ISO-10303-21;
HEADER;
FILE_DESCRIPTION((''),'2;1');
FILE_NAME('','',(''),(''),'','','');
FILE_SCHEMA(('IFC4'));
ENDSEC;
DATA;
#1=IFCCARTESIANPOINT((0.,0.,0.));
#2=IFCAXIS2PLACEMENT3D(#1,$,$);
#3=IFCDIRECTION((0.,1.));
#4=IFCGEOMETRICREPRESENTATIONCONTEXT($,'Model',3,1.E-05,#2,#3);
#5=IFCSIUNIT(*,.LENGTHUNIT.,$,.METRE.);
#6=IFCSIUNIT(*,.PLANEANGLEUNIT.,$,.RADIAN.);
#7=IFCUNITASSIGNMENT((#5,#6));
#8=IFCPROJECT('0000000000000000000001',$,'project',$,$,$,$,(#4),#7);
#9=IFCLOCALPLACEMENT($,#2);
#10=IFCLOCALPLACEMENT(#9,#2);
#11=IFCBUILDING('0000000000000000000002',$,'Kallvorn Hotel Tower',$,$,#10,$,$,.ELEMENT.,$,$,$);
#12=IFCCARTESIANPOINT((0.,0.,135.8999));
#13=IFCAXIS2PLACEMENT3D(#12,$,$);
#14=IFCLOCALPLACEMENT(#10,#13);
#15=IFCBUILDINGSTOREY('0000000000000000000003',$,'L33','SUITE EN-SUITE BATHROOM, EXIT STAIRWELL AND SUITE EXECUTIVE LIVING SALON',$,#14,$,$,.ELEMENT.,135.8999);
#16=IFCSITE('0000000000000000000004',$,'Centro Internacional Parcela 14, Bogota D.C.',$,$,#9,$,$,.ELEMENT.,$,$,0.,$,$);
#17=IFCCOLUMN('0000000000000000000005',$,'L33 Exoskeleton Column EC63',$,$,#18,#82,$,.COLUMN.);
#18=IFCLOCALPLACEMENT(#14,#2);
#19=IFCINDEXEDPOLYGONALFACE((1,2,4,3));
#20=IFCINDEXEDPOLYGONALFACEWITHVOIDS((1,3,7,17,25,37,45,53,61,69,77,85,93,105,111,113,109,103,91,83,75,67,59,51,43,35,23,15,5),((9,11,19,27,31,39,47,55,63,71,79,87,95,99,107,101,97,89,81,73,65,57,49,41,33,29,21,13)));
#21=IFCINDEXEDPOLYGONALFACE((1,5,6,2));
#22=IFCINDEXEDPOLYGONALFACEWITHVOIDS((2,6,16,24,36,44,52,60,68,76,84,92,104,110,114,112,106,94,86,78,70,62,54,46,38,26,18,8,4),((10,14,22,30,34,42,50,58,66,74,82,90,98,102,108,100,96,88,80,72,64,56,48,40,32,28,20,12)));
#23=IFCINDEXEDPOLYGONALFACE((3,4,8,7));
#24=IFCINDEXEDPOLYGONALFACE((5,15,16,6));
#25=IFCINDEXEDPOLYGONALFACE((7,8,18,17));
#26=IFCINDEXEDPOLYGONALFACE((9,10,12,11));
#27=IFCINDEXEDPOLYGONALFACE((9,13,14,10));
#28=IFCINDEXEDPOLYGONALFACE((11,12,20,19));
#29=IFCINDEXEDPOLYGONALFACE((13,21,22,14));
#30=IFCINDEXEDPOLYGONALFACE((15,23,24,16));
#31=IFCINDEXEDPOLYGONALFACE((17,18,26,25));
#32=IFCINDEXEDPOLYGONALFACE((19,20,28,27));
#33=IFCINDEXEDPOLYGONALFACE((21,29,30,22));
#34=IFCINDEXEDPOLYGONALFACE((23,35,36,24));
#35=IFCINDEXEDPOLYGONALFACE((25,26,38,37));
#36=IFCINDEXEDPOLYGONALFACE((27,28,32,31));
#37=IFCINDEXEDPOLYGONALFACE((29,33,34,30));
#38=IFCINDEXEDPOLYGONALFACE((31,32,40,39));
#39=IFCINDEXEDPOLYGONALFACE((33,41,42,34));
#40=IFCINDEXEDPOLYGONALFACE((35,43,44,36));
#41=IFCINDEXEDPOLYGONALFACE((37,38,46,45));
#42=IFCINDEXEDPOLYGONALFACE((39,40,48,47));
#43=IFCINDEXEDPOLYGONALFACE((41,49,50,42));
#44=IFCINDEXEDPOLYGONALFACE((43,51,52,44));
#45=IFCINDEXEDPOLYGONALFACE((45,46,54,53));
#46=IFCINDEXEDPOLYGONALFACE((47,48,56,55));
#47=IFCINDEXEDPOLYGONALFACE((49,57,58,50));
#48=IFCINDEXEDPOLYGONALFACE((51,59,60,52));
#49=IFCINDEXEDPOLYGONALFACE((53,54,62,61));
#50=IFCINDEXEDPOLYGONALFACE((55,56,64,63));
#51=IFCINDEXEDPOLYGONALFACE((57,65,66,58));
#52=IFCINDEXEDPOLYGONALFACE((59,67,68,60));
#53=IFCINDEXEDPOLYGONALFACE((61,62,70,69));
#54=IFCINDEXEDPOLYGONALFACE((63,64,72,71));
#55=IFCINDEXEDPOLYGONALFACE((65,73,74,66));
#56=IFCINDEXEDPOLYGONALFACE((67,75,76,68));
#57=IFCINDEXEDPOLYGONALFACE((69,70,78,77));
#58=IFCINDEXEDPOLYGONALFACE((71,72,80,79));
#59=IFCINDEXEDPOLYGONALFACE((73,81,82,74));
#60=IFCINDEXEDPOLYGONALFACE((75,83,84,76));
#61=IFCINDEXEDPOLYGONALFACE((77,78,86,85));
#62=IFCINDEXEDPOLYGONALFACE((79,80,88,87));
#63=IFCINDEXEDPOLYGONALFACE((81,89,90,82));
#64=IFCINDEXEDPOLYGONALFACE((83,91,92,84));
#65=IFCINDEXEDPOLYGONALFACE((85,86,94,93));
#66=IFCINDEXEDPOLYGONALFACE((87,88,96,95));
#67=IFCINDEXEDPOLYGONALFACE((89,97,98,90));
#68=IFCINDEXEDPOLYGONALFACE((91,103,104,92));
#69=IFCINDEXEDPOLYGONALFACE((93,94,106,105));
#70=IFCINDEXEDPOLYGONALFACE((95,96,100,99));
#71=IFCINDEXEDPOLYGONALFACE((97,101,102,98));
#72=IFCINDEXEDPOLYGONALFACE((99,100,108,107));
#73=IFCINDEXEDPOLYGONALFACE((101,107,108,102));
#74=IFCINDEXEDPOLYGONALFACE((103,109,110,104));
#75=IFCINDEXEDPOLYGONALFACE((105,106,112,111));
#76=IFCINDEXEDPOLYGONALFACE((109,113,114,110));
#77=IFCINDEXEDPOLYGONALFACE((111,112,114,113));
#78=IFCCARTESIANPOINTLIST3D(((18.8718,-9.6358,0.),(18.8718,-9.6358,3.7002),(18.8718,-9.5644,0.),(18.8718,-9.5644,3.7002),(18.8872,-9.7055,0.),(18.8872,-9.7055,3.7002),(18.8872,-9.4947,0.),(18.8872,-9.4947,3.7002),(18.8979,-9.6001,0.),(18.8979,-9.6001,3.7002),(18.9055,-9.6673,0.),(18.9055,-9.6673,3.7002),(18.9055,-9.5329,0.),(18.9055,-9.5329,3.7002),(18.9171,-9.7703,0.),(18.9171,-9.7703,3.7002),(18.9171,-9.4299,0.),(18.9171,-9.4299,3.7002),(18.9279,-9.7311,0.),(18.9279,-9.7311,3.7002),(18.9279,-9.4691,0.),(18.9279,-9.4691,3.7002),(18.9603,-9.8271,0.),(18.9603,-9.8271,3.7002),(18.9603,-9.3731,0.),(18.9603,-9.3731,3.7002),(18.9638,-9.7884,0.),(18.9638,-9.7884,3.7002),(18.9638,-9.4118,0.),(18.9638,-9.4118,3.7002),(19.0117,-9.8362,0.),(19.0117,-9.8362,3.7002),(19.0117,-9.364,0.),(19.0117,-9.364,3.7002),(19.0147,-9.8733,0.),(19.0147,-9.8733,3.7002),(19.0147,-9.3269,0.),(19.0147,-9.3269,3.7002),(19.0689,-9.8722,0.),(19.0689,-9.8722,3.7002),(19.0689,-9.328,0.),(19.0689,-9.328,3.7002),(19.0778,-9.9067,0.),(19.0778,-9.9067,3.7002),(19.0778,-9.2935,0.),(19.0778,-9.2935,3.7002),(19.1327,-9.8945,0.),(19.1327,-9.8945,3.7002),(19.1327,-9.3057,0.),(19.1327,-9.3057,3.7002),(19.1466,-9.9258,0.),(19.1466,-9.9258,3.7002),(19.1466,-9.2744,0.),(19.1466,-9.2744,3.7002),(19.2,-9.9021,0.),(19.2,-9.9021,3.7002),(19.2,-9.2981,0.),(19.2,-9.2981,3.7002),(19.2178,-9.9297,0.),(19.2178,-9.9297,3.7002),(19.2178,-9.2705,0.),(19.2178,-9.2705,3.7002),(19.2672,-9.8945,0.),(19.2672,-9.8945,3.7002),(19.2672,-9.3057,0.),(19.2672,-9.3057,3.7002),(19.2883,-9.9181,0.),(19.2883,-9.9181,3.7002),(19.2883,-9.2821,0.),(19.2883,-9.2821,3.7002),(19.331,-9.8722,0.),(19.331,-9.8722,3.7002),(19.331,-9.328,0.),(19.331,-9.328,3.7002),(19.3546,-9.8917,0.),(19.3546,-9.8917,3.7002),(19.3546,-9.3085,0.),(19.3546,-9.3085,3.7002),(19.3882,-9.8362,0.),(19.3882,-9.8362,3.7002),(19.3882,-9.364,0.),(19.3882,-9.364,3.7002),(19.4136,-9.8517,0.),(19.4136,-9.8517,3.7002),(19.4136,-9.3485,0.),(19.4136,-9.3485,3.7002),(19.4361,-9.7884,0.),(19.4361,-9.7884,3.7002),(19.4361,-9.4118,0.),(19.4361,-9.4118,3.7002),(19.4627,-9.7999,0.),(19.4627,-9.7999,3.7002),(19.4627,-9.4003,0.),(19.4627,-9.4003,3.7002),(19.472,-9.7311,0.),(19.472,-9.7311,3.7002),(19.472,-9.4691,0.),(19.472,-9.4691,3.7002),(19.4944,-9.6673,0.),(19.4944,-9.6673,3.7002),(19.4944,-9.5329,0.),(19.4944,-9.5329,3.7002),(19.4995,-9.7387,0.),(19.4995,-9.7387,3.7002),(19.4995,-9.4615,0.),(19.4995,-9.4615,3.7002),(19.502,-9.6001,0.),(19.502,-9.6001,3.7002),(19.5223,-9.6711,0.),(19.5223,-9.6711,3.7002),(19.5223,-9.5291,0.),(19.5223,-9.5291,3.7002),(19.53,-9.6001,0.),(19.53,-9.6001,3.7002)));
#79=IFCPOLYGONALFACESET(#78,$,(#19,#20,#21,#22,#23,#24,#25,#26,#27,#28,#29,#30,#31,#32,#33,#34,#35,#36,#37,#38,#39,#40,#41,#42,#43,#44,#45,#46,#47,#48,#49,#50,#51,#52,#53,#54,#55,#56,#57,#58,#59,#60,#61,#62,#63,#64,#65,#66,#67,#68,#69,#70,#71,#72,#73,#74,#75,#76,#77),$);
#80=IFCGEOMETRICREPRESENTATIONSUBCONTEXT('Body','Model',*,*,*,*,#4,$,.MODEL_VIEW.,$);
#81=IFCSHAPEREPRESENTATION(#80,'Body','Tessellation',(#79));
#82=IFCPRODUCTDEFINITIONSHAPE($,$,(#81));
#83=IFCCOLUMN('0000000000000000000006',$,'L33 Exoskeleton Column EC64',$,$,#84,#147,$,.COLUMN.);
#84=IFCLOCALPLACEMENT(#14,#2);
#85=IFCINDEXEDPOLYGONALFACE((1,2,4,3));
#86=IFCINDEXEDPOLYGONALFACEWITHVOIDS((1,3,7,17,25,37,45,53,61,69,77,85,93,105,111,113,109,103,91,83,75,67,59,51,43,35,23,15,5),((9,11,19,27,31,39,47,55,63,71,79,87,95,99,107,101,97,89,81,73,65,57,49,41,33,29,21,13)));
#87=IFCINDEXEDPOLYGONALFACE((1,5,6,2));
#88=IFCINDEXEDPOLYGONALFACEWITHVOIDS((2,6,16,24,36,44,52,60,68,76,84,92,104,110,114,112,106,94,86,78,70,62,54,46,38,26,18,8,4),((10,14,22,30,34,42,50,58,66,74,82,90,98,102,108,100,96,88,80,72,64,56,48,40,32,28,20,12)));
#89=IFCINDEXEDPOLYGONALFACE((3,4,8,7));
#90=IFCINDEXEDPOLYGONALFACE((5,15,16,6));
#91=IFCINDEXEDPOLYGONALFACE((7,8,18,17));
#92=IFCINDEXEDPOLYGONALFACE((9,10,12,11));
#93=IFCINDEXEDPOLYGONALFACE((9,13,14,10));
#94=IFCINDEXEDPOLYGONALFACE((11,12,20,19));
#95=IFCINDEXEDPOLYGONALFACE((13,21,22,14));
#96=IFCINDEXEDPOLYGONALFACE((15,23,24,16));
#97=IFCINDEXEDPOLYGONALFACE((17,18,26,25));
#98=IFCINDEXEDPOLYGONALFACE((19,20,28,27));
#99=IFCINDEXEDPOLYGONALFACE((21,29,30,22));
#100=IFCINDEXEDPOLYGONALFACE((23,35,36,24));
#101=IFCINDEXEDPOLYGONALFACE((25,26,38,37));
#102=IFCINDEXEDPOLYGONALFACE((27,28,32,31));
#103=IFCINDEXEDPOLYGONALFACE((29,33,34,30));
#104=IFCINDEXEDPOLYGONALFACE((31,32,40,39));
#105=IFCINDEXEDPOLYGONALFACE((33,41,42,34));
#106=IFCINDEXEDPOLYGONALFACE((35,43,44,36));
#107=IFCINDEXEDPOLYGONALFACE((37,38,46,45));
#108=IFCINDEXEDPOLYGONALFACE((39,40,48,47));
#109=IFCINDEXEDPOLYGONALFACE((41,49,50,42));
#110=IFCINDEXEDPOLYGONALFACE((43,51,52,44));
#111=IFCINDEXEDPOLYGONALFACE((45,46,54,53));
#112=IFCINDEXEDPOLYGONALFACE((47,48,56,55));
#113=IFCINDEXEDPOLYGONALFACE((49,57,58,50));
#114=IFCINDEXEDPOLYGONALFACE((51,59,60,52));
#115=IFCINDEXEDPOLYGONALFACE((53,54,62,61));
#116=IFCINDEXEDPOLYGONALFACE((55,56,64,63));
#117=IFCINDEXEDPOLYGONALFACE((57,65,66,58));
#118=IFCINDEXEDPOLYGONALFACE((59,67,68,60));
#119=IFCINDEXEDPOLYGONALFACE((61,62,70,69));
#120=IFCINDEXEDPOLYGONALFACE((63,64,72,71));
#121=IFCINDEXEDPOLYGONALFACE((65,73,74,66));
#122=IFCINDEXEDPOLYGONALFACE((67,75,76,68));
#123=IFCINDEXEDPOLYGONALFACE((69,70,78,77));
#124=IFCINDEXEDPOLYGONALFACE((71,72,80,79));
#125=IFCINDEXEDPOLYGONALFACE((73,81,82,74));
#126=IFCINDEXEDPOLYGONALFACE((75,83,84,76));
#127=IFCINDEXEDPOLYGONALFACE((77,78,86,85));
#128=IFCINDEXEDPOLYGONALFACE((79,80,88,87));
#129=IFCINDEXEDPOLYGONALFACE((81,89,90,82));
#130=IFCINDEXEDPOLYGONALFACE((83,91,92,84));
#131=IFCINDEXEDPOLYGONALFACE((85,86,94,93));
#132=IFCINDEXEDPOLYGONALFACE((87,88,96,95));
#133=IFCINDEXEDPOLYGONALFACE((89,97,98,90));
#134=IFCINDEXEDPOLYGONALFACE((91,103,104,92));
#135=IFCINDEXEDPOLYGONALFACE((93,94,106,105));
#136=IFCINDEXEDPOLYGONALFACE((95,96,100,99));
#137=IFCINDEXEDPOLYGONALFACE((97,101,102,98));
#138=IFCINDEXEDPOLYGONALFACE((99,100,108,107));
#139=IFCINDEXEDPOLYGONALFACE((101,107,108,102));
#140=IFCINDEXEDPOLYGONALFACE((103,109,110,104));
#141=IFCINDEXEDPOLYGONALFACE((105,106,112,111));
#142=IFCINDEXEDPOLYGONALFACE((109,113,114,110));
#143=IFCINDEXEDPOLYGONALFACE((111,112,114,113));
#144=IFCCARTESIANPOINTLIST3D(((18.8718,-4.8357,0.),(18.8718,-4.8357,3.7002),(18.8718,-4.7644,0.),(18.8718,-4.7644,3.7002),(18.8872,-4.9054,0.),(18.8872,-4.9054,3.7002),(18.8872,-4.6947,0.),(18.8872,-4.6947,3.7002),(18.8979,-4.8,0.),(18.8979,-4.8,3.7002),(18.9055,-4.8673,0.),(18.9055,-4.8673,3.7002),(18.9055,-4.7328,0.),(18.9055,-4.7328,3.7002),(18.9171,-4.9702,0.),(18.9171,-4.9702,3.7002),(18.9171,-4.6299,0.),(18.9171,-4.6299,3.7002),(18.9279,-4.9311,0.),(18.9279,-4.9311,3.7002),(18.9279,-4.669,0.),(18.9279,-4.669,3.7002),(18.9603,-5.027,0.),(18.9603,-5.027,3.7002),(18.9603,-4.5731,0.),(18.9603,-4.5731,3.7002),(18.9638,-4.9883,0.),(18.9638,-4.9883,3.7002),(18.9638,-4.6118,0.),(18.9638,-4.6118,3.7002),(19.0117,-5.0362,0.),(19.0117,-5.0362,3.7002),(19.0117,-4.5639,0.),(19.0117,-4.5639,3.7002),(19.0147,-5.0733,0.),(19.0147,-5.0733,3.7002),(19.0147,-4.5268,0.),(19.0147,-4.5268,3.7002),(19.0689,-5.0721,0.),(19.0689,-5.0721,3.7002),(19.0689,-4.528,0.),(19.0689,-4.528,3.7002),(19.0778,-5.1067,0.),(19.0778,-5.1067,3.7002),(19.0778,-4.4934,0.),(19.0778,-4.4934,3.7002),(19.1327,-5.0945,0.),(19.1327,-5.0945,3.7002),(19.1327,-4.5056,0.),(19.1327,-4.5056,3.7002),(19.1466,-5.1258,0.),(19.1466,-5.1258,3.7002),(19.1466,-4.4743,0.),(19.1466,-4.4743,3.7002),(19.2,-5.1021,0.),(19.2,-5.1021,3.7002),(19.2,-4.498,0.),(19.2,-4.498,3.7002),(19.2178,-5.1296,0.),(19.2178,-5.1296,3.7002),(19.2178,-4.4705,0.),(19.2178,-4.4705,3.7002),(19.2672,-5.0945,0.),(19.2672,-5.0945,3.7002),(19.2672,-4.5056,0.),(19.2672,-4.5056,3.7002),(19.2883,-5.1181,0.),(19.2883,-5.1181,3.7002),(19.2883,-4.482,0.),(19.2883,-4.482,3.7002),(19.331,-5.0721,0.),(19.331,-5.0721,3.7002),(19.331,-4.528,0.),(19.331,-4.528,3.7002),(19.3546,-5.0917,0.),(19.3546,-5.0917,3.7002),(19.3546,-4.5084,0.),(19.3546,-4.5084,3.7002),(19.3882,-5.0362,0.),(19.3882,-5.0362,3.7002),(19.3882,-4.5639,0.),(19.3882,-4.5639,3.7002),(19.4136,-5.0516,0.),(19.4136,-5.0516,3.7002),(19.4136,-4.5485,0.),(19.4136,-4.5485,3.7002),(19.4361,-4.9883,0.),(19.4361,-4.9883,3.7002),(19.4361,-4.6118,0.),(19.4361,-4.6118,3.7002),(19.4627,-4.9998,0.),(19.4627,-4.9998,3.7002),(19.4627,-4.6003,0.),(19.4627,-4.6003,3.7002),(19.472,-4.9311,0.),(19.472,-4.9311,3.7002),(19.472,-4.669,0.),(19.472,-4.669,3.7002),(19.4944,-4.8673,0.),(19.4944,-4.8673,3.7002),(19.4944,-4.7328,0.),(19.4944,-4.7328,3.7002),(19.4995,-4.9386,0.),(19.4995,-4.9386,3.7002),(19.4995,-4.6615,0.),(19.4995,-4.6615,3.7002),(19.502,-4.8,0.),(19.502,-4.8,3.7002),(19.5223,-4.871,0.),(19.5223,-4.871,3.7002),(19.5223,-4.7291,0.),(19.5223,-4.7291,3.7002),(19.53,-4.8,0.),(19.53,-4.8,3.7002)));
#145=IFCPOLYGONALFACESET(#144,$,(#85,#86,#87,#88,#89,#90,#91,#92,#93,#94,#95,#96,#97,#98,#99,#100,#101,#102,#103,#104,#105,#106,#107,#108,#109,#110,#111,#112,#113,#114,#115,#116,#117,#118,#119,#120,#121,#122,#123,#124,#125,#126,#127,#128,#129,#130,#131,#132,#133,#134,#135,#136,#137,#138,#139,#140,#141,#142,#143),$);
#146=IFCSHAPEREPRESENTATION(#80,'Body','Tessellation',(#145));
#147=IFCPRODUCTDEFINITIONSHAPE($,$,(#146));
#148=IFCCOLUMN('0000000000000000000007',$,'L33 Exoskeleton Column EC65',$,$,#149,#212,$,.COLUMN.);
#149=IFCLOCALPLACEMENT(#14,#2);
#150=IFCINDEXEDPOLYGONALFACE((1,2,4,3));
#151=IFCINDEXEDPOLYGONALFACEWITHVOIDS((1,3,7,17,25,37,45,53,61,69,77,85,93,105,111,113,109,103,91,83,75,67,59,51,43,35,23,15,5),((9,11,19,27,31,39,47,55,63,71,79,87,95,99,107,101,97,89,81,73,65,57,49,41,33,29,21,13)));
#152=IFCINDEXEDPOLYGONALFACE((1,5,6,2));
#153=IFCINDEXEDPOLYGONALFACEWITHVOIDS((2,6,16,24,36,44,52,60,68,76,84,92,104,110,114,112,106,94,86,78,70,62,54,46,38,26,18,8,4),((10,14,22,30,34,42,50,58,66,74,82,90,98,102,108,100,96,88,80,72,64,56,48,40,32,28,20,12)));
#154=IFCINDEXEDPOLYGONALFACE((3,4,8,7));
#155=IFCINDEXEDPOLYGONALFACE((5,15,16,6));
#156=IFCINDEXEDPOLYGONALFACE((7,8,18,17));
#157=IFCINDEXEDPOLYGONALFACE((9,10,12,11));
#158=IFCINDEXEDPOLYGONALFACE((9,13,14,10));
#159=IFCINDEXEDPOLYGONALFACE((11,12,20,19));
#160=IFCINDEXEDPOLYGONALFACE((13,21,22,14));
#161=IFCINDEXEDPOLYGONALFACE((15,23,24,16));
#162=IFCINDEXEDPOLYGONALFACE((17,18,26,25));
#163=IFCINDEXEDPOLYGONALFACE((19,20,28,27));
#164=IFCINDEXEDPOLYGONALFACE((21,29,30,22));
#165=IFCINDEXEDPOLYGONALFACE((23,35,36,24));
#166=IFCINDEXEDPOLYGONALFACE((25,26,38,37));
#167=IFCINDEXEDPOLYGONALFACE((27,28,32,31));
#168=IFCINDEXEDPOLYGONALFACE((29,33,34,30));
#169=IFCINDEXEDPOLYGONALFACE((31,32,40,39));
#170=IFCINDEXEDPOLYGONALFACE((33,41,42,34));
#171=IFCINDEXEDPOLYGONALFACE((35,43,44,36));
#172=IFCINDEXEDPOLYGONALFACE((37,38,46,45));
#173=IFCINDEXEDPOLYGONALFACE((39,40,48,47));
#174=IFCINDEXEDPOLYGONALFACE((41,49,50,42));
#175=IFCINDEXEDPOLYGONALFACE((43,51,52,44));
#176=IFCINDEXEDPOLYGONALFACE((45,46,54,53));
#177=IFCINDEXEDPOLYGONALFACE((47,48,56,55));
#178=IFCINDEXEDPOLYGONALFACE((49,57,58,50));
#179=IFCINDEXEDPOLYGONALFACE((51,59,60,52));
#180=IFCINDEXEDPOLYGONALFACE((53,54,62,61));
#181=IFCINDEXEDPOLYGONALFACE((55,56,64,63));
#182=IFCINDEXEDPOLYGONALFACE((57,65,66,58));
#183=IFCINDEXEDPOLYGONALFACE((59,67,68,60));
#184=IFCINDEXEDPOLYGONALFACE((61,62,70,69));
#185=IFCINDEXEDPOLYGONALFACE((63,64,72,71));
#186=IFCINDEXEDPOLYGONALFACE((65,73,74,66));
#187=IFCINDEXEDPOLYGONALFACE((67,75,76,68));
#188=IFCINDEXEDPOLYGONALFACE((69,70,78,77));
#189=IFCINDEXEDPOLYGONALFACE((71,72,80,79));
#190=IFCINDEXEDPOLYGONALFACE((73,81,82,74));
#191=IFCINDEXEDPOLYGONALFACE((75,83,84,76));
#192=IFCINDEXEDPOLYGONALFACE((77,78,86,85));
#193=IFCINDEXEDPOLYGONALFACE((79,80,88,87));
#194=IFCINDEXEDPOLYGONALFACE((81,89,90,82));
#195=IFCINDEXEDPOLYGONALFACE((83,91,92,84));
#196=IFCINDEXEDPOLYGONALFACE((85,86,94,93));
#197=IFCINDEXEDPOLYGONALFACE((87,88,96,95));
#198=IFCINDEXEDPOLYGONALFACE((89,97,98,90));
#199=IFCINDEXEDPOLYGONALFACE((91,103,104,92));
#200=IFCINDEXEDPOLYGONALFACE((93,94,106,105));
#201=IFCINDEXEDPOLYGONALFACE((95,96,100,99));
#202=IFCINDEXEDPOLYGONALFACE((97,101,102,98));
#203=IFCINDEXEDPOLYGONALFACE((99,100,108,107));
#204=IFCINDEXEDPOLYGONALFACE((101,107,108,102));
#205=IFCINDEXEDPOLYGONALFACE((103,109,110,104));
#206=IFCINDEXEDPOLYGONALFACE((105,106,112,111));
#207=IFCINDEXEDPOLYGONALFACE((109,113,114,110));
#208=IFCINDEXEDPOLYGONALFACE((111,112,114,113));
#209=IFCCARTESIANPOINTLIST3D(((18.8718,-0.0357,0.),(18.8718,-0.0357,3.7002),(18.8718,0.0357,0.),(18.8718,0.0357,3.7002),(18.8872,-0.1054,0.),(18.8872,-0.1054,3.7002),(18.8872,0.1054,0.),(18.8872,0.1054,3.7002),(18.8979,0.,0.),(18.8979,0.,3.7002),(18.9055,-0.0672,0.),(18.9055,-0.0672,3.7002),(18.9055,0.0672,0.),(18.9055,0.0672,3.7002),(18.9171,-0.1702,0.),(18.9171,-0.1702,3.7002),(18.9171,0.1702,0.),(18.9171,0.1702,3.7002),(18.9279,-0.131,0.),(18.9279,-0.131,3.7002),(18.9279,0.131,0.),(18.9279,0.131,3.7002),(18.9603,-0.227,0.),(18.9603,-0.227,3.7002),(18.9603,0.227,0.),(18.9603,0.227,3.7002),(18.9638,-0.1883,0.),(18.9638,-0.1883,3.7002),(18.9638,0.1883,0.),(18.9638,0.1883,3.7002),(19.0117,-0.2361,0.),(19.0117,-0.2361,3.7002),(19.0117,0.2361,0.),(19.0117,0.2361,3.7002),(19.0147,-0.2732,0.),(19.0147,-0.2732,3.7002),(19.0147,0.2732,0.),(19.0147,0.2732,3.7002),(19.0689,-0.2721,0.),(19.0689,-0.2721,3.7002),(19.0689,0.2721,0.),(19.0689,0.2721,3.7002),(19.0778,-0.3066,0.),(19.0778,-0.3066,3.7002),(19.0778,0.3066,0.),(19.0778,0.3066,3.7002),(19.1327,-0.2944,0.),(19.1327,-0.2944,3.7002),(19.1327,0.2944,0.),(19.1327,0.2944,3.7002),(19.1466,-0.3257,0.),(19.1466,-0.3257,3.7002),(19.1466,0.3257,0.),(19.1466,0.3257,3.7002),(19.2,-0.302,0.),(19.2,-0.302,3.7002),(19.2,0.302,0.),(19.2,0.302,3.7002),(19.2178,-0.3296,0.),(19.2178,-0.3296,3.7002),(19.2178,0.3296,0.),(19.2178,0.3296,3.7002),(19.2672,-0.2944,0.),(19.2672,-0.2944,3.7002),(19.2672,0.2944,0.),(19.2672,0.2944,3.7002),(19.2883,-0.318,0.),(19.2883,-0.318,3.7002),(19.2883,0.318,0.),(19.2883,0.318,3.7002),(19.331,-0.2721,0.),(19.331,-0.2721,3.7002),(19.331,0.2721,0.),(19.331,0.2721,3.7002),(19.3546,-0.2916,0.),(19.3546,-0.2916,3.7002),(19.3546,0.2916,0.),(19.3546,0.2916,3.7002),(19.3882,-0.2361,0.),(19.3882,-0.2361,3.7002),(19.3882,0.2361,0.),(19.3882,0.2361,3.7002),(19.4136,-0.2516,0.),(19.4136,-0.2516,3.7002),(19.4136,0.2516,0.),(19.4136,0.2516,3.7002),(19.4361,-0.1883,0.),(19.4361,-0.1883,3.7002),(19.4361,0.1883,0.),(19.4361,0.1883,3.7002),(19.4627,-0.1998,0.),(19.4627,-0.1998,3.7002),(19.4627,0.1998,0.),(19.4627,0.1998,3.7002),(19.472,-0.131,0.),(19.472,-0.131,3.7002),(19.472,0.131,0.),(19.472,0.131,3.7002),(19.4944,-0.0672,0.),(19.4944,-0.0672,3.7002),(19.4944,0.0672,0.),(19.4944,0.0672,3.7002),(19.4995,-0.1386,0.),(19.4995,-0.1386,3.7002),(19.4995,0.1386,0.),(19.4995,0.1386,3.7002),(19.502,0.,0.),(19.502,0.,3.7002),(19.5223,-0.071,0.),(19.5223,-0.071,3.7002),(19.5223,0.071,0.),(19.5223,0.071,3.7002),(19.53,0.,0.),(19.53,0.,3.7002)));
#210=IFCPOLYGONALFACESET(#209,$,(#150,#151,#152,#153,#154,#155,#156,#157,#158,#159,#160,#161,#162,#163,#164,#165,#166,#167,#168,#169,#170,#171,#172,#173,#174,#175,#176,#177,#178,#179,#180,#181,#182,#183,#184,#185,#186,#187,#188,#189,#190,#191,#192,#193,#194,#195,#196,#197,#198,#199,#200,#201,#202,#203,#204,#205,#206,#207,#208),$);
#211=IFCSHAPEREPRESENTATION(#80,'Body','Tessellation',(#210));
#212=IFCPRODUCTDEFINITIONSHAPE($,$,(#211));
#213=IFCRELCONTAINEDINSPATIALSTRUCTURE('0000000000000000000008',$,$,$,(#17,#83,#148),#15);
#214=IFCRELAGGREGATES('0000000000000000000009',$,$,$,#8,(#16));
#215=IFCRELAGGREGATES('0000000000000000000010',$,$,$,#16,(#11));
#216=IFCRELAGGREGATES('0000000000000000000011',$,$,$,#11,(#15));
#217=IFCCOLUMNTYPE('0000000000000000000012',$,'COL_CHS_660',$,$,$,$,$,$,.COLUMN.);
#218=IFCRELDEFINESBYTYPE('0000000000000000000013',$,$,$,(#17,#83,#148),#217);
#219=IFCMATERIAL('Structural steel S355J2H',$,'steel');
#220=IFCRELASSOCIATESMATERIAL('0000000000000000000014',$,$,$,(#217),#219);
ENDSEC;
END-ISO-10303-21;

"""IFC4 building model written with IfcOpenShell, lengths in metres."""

from ifc_helpers import new_model, si_unit, direction, frame, origin, origin_2d, place, context, subcontext, project, spatial, hollow_circle, extrude, material, material_profile, profile_set, type_object, element, save


model = new_model("IFC4")

# Units and contexts
model_context = context("Model", 3, precision=1e-05, world=origin(), true_north=direction((0.0, 1.0)))
body_context = subcontext(model_context, "Body", "Model", "MODEL_VIEW")
ifc_project = project(units=[si_unit("LENGTHUNIT", "METRE"), si_unit("PLANEANGLEUNIT", "RADIAN")], contexts=[model_context])

# Site, building, storey
site_placement = place(None, origin())
site = spatial("IfcSite", under=ifc_project, at=site_placement, Name="Centro Internacional Parcela 14, Bogota D.C.", CompositionType="ELEMENT", RefElevation=0.0)
building_placement = place(site_placement, origin())
building = spatial("IfcBuilding", under=site, at=building_placement, Name="Kallvorn Hotel Tower", CompositionType="ELEMENT")
storey_placement = place(building_placement, frame((0.0, 0.0, 135.8999)))
storey = spatial("IfcBuildingStorey", under=building, at=storey_placement, Name="L33", Description="SUITE EN-SUITE BATHROOM, EXIT STAIRWELL AND SUITE EXECUTIVE LIVING SALON", CompositionType="ELEMENT", Elevation=135.8999)

# Columns
ifc_material_1 = material(Name="Structural steel S355J2H", Category="steel")
ifc_material_profile_1 = material_profile(ifc_material_1, hollow_circle(Radius=0.3301, WallThickness=0.0281, at=origin_2d()), Name="CHS 660x28")
ifc_profile_set_1 = profile_set([ifc_material_profile_1], Name="Structural steel S355J2H")
column_type_1 = type_object("IfcColumnType", Name="COL_CHS_660", PredefinedType="COLUMN", material=ifc_profile_set_1)
for number, where, z_axis, x_axis, name in (
    (1, (19.2, -9.6001, 0.0), (0.0, 0.0, 1.0), (1.0, 0.0, 0.0), "L33 Exoskeleton Column EC63"),
    (2, (19.2, -4.8, 0.0), (0.0, 0.0, 1.0), (1.0, 0.0, 0.0), "L33 Exoskeleton Column EC64"),
    (3, (19.2, 0.0, 0.0), (0.0, 0.0, 1.0), (1.0, 0.0, 0.0), "L33 Exoskeleton Column EC65"),
):
    element("IfcColumn", number, at=place(storey_placement, frame(where, z_axis=z_axis, x_axis=x_axis)), inside=storey, type_object=column_type_1, Name=name, PredefinedType="COLUMN", context=body_context, shape_type="SweptSolid", body=[
        extrude(hollow_circle(Radius=0.3301, WallThickness=0.0281, at=origin_2d()), origin(), (0.0, 0.0, 1.0), 3.7002),
    ])

save(model, "model.ifc")
